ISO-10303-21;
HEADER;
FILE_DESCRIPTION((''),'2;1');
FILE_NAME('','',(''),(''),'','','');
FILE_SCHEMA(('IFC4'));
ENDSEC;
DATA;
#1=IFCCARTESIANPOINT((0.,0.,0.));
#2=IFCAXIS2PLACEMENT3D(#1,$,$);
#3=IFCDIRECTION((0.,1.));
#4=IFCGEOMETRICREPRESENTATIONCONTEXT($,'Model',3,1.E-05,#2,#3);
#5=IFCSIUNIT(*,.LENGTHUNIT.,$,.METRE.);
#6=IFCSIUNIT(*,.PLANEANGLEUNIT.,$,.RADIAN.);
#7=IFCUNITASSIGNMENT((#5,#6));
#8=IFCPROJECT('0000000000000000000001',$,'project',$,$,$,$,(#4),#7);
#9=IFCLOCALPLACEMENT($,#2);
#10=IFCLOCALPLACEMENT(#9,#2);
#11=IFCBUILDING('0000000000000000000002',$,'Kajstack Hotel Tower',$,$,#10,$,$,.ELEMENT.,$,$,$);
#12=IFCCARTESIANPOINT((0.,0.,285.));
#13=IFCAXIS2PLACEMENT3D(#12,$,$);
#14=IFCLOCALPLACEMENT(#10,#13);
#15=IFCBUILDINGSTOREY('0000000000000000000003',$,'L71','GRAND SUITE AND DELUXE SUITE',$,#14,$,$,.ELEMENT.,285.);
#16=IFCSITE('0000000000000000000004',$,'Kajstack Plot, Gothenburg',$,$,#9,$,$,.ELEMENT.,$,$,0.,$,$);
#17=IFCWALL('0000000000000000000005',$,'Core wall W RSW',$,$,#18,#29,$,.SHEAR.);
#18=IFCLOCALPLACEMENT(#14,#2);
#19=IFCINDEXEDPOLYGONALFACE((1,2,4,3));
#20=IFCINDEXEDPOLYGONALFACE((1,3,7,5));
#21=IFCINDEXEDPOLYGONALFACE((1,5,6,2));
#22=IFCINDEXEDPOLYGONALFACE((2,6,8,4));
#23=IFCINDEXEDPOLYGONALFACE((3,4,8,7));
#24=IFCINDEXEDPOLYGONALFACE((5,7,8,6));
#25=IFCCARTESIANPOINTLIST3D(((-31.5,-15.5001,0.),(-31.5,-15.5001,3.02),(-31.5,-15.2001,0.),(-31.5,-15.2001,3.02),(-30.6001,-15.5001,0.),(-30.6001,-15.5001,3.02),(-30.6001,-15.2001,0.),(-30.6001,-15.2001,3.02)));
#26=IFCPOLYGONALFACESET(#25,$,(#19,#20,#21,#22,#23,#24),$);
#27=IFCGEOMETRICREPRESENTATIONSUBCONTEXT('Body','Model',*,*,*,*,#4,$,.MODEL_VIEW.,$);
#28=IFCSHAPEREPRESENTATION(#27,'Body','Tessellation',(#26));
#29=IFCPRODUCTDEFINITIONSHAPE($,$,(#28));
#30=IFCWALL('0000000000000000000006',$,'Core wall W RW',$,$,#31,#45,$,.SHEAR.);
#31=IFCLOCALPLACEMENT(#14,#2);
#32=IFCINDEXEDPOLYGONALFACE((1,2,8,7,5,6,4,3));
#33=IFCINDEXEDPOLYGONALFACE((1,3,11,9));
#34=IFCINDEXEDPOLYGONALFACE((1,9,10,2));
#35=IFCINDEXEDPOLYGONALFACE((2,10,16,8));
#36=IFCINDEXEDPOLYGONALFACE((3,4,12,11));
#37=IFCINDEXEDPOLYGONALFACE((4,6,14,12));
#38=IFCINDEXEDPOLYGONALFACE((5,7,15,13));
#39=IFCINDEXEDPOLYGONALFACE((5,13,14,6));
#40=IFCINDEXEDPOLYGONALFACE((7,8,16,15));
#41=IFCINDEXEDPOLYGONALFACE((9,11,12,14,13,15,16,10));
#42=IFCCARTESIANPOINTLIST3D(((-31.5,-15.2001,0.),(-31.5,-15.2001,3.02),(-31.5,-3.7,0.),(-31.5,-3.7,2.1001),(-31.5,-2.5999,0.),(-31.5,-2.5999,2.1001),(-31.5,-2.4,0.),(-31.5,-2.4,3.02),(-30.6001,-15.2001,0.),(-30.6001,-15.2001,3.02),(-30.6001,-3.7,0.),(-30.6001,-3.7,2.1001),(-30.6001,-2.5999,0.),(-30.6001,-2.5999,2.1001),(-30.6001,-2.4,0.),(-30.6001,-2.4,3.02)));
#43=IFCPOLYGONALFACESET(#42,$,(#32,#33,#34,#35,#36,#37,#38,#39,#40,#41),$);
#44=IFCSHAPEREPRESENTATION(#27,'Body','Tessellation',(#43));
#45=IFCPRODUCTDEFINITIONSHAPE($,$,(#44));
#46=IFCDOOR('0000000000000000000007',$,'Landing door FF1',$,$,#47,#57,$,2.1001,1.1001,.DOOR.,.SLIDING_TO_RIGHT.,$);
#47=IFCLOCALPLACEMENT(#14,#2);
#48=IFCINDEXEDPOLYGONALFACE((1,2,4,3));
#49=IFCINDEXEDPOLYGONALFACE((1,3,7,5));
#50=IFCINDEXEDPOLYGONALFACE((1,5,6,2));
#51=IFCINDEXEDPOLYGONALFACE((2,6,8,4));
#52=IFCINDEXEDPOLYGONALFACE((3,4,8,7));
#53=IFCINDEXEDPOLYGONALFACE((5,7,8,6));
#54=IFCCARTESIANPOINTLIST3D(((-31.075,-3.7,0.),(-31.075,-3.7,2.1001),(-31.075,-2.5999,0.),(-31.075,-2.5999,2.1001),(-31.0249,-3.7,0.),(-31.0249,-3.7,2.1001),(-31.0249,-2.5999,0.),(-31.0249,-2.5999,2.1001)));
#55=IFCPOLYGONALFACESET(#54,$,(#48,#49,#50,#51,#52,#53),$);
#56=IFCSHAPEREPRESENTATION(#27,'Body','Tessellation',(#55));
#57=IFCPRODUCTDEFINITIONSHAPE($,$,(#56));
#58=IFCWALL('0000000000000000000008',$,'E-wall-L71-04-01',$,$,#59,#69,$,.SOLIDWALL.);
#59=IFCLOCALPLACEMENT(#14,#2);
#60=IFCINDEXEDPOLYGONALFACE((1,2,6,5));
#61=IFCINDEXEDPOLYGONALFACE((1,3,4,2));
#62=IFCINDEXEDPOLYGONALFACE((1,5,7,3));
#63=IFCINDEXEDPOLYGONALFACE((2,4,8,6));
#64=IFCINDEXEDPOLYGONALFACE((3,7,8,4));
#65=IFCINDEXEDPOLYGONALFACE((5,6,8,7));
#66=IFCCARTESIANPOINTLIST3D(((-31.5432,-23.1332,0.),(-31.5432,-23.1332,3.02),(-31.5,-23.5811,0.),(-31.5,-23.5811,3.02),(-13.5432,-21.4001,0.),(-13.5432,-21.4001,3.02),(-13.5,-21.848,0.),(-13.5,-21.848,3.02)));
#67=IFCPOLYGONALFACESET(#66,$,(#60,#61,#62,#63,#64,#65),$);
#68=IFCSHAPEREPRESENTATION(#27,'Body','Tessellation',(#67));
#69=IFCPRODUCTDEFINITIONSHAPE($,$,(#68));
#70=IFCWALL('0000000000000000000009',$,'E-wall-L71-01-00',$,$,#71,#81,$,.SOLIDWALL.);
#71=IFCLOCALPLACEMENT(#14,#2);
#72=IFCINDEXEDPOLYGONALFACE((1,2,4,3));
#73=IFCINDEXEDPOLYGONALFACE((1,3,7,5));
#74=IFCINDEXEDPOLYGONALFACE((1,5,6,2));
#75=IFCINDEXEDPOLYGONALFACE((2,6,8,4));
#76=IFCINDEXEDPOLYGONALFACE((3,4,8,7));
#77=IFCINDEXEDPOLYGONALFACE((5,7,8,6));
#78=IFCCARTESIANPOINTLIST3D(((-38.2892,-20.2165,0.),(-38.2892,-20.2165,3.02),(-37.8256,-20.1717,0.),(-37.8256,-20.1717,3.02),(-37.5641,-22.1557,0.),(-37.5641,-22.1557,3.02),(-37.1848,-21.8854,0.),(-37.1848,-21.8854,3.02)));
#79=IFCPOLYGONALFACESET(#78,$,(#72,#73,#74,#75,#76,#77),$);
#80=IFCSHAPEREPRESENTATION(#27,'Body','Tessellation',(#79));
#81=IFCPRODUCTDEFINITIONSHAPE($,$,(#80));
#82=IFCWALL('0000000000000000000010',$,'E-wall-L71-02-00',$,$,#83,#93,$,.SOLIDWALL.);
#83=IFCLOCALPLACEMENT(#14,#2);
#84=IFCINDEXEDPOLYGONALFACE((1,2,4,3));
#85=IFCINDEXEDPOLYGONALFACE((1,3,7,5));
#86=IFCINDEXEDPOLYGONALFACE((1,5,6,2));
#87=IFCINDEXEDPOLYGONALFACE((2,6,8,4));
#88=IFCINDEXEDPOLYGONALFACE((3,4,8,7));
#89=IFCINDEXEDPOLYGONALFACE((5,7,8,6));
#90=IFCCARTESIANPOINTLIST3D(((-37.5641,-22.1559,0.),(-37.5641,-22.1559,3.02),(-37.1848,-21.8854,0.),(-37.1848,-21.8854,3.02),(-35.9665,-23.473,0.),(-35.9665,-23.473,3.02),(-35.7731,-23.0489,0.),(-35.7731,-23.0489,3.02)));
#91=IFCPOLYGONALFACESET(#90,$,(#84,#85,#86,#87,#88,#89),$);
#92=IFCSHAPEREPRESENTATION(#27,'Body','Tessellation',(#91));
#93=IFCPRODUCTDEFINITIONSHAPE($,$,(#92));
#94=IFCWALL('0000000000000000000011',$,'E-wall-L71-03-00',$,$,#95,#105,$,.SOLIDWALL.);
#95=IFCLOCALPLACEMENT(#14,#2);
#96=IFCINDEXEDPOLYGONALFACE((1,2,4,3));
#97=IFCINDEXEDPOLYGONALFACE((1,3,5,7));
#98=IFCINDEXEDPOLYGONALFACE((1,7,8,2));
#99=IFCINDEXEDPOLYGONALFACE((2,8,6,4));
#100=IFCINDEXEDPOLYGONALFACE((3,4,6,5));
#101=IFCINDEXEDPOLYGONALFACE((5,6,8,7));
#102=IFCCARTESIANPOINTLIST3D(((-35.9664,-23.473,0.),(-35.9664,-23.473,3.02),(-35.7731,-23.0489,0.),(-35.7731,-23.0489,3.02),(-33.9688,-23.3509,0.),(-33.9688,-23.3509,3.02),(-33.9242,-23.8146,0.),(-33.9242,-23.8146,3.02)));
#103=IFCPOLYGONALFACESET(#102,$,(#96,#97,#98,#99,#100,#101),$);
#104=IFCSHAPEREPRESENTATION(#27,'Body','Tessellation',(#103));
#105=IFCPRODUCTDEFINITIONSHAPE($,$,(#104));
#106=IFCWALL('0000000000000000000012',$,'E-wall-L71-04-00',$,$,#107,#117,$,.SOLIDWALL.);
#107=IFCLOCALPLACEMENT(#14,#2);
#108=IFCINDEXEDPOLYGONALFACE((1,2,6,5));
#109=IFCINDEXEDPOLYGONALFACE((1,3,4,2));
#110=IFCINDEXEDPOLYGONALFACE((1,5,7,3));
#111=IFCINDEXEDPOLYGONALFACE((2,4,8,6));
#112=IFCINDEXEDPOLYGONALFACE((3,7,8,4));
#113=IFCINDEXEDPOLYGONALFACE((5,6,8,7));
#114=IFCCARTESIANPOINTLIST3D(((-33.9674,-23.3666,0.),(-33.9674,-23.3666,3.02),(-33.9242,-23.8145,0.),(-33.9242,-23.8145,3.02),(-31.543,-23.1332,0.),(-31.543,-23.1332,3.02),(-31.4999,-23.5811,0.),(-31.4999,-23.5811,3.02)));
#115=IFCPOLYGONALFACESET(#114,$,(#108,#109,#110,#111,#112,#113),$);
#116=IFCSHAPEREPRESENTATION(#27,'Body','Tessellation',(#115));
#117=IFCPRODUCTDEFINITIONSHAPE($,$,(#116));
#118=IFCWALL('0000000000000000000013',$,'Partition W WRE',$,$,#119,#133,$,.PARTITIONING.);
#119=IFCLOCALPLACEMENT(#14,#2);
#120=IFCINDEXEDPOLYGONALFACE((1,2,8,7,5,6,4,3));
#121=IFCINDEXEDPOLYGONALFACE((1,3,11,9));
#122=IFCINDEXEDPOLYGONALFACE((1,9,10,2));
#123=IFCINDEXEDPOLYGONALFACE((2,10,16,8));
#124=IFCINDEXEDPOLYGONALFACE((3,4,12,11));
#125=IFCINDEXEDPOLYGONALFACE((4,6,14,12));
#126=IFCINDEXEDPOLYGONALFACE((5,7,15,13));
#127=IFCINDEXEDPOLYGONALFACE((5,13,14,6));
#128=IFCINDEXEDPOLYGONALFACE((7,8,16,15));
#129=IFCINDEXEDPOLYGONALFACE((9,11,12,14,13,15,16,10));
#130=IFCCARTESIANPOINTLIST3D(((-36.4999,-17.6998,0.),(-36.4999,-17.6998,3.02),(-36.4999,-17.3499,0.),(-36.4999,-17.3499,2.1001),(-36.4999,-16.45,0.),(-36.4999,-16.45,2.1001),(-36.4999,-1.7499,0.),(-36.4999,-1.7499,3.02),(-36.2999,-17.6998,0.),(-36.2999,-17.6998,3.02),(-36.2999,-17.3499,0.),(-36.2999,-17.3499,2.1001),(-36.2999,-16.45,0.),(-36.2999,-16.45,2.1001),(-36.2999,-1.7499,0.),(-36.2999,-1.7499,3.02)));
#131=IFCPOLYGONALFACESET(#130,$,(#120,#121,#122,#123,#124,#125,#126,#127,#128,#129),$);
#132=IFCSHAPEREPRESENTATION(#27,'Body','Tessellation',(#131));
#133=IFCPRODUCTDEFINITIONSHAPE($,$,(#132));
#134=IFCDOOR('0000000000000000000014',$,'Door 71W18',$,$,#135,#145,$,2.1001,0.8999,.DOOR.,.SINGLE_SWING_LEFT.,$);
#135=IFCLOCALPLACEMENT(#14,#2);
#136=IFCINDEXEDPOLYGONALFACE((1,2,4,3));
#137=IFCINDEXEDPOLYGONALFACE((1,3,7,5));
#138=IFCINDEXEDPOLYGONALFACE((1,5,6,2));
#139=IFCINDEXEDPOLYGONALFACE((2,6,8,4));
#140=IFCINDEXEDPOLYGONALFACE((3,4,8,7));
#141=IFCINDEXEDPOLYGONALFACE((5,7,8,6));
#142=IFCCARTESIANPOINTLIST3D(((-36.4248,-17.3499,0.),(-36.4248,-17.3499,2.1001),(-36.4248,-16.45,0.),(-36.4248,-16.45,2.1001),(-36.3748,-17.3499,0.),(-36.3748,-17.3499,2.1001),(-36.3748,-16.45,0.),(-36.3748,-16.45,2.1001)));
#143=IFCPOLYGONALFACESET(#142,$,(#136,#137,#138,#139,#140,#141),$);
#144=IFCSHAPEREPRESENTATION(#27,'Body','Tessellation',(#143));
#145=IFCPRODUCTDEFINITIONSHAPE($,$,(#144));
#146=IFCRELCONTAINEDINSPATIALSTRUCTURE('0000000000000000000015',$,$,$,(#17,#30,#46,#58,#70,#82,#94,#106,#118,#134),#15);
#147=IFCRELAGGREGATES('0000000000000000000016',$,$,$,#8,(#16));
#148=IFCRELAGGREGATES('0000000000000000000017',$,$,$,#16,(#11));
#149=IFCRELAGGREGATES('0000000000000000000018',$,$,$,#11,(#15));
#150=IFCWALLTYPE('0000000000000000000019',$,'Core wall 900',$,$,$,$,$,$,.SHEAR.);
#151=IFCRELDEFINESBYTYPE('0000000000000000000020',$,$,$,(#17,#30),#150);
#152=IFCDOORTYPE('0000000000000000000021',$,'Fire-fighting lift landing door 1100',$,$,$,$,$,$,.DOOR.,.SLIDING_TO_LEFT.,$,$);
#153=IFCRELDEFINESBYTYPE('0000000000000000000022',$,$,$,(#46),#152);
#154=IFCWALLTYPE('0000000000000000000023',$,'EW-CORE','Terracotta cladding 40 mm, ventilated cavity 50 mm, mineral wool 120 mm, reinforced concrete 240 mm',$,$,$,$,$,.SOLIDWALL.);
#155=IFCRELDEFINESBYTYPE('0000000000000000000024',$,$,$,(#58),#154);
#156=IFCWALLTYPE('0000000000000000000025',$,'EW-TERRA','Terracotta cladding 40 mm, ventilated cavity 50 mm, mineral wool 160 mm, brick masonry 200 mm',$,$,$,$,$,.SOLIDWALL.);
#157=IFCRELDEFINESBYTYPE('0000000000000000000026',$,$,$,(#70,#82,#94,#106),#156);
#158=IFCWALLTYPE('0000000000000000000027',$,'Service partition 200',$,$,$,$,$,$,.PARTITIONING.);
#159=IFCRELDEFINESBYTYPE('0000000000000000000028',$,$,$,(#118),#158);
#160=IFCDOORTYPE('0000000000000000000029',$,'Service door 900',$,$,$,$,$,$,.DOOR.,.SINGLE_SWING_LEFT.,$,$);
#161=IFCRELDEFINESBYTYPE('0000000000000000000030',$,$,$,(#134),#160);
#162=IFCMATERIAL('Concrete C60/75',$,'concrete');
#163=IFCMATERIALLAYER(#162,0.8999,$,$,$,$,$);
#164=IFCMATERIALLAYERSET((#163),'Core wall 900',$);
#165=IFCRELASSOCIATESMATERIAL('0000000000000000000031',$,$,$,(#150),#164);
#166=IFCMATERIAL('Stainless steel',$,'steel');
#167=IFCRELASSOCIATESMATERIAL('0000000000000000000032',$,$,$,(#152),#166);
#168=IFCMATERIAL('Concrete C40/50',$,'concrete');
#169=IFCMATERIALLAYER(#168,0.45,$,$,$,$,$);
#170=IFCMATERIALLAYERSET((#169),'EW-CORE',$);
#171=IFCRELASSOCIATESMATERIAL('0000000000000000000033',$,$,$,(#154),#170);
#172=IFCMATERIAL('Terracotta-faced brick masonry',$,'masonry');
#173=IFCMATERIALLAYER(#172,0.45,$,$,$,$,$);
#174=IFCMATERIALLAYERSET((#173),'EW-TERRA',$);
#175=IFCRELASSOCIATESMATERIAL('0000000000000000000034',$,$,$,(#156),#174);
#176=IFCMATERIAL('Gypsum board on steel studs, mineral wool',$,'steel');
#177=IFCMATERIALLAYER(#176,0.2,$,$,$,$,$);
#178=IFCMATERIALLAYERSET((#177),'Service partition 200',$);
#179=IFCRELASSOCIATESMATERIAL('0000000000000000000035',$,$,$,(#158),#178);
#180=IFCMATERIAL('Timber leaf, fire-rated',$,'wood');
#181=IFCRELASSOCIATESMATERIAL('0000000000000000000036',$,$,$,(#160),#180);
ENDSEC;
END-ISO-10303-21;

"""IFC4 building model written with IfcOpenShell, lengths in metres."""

from ifc_helpers import new_model, si_unit, direction, frame, frame_2d, origin, place, context, subcontext, project, spatial, polyline, rectangle, outline, extrude, material, layer, layer_set, type_object, element, fill, save


model = new_model("IFC4")

# Units and contexts
model_context = context("Model", 3, precision=1e-05, world=origin(), true_north=direction((0.0, 1.0)))
body_context = subcontext(model_context, "Body", "Model", "MODEL_VIEW")
ifc_project = project(units=[si_unit("LENGTHUNIT", "METRE"), si_unit("PLANEANGLEUNIT", "RADIAN")], contexts=[model_context])

# Site, building, storey
site_placement = place(None, origin())
site = spatial("IfcSite", under=ifc_project, at=site_placement, Name="Kajstack Plot, Gothenburg", CompositionType="ELEMENT", RefElevation=0.0)
building_placement = place(site_placement, origin())
building = spatial("IfcBuilding", under=site, at=building_placement, Name="Kajstack Hotel Tower", CompositionType="ELEMENT")
storey_placement = place(building_placement, frame((0.0, 0.0, 285.0)))
storey = spatial("IfcBuildingStorey", under=building, at=storey_placement, Name="L71", Description="GRAND SUITE AND DELUXE SUITE", CompositionType="ELEMENT", Elevation=285.0)

# Wall
ifc_material_1 = material(Name="Concrete C60/75", Category="concrete")
ifc_layer_1 = layer(ifc_material_1, 0.8999)
ifc_layer_set_1 = layer_set([ifc_layer_1], Name="Core wall 900")
wall_type_1 = type_object("IfcWallType", Name="Core wall 900", PredefinedType="SHEAR", material=ifc_layer_set_1)
wall_1_placement = place(storey_placement, frame((-31.5, -15.3501, 0.0), z_axis=(0.0, 0.0, 1.0), x_axis=(1.0, 0.0, 0.0)))
element("IfcWall", 1, at=wall_1_placement, inside=storey, type_object=wall_type_1, Name="Core wall W RSW", PredefinedType="SHEAR", context=body_context, shape_type="SweptSolid", body=[
    extrude(rectangle(XDim=0.8999, YDim=0.3, at=frame_2d((0.45, 0.0))), origin(), (0.0, 0.0, 1.0), 3.02),
])

# Wall, opening, door
wall_2_placement = place(storey_placement, frame((-31.05, -15.2, 0.0), z_axis=(0.0, 0.0, 1.0), x_axis=(0.0, 1.0, 0.0)))
wall_2 = element("IfcWall", 2, at=wall_2_placement, inside=storey, type_object=wall_type_1, Name="Core wall W RW", PredefinedType="SHEAR", context=body_context, shape_type="SweptSolid", body=[
    extrude(rectangle(XDim=12.8, YDim=0.8999, at=frame_2d((6.3999, 0.0))), origin(), (0.0, 0.0, 1.0), 3.02),
])
opening_1_placement = place(wall_2_placement, frame((11.5, 0.0, 0.0)))
opening_1 = element("IfcOpeningElement", 3, at=opening_1_placement, cuts=wall_2, PredefinedType="OPENING", context=body_context, shape_type="SweptSolid", body=[
    extrude(rectangle(XDim=1.1001, YDim=2.1001, at=frame_2d((0.55, 1.05))), frame((0.0, 0.46, 0.0), z_axis=(0.0, -1.0, 0.0), x_axis=(1.0, 0.0, 0.0)), (0.0, 0.0, 1.0), 0.9199),
])
ifc_material_2 = material(Name="Stainless steel", Category="steel")
door_type_1 = type_object("IfcDoorType", Name="Fire-fighting lift landing door 1100", OperationType="SLIDING_TO_LEFT", PredefinedType="DOOR", material=ifc_material_2)
door_1_placement = place(opening_1_placement, origin())
door_1 = element("IfcDoor", 4, at=door_1_placement, inside=storey, type_object=door_type_1, Name="Landing door FF1", OperationType="SLIDING_TO_RIGHT", OverallHeight=2.1001, OverallWidth=1.1001, PredefinedType="DOOR", context=body_context, shape_type="SweptSolid", body=[
    extrude(rectangle(XDim=1.1001, YDim=2.1001, at=frame_2d((0.55, 1.05))), frame((0.0, 0.0249, 0.0), z_axis=(0.0, -1.0, 0.0), x_axis=(1.0, 0.0, 0.0)), (0.0, 0.0, 1.0), 0.05),
])
fill(opening_1, door_1)

# Walls
ifc_material_3 = material(Name="Concrete C40/50", Category="concrete")
ifc_layer_2 = layer(ifc_material_3, 0.45)
ifc_layer_set_2 = layer_set([ifc_layer_2], Name="EW-CORE")
wall_type_2 = type_object("IfcWallType", Name="EW-CORE", Description="Terracotta cladding 40 mm, ventilated cavity 50 mm, mineral wool 120 mm, reinforced concrete 240 mm", PredefinedType="SOLIDWALL", material=ifc_layer_set_2)
wall_3_placement = place(storey_placement, frame((-31.5215, -23.3572, 0.0), z_axis=(0.0, 0.0, 1.0), x_axis=(0.995396, 0.095843, 0.0)))
element("IfcWall", 5, at=wall_3_placement, inside=storey, type_object=wall_type_2, Name="E-wall-L71-04-01", PredefinedType="SOLIDWALL", context=body_context, shape_type="SweptSolid", body=[
    extrude(rectangle(XDim=18.0833, YDim=0.45, at=frame_2d((9.0415, 0.0))), origin(), (0.0, 0.0, 1.0), 3.02),
])
ifc_material_4 = material(Name="Terracotta-faced brick masonry", Category="masonry")
ifc_layer_3 = layer(ifc_material_4, 0.45)
ifc_layer_set_3 = layer_set([ifc_layer_3], Name="EW-TERRA")
wall_type_3 = type_object("IfcWallType", Name="EW-TERRA", Description="Terracotta cladding 40 mm, ventilated cavity 50 mm, mineral wool 160 mm, brick masonry 200 mm", PredefinedType="SOLIDWALL", material=ifc_layer_set_3)
wall_4_placement = place(storey_placement, frame((-38.0784, -20.1377, 0.0), z_axis=(0.0, 0.0, 1.0), x_axis=(0.350232, -0.936663, 0.0)))
element("IfcWall", 6, at=wall_4_placement, inside=storey, type_object=wall_type_3, Name="E-wall-L71-01-00", PredefinedType="SOLIDWALL", context=body_context, shape_type="SweptSolid", body=[
    extrude(outline(polyline([(0.0, -0.2251), (2.0703, -0.2251), (1.95, 0.2249), (0.1204, 0.2249), (0.0, -0.2251)])), origin(), (0.0, 0.0, 1.0), 3.02),
])
wall_5_placement = place(storey_placement, frame((-37.4209, -21.9822, 0.0), z_axis=(0.0, 0.0, 1.0), x_axis=(0.771593, -0.636116, 0.0)))
element("IfcWall", 7, at=wall_5_placement, inside=storey, type_object=wall_type_3, Name="E-wall-L71-02-00", PredefinedType="SOLIDWALL", context=body_context, shape_type="SweptSolid", body=[
    extrude(outline(polyline([(0.0, -0.2251), (2.0706, -0.2251), (1.95, 0.2251), (0.1206, 0.2249), (0.0, -0.2251)])), origin(), (0.0, 0.0, 1.0), 3.02),
])
wall_6_placement = place(storey_placement, frame((-35.9292, -23.251, 0.0), z_axis=(0.0, 0.0, 1.0), x_axis=(0.986279, -0.165087, 0.0)))
element("IfcWall", 8, at=wall_6_placement, inside=storey, type_object=wall_type_3, Name="E-wall-L71-03-00", PredefinedType="SOLIDWALL", context=body_context, shape_type="SweptSolid", body=[
    extrude(outline(polyline([(0.0, -0.2251), (2.0706, -0.2249), (1.95, 0.2251), (0.1206, 0.2251), (0.0, -0.2251)])), origin(), (0.0, 0.0, 1.0), 3.02),
])
wall_7_placement = place(storey_placement, frame((-33.9458, -23.5906, 0.0), z_axis=(0.0, 0.0, 1.0), x_axis=(0.995398, 0.095831, 0.0)))
element("IfcWall", 9, at=wall_7_placement, inside=storey, type_object=wall_type_3, Name="E-wall-L71-04-00", PredefinedType="SOLIDWALL", context=body_context, shape_type="SweptSolid", body=[
    extrude(rectangle(XDim=2.4355, YDim=0.45, at=frame_2d((1.2178, 0.0))), origin(), (0.0, 0.0, 1.0), 3.02),
])

# Wall, opening, door
ifc_material_5 = material(Name="Gypsum board on steel studs, mineral wool", Category="steel")
ifc_layer_4 = layer(ifc_material_5, 0.2)
ifc_layer_set_4 = layer_set([ifc_layer_4], Name="Service partition 200")
wall_type_4 = type_object("IfcWallType", Name="Service partition 200", PredefinedType="PARTITIONING", material=ifc_layer_set_4)
wall_8_placement = place(storey_placement, frame((-36.3999, -17.7, 0.0), z_axis=(0.0, 0.0, 1.0), x_axis=(0.0, 1.0, 0.0)))
wall_8 = element("IfcWall", 10, at=wall_8_placement, inside=storey, type_object=wall_type_4, Name="Partition W WRE", PredefinedType="PARTITIONING", context=body_context, shape_type="SweptSolid", body=[
    extrude(rectangle(XDim=15.95, YDim=0.2, at=frame_2d((7.9751, 0.0))), origin(), (0.0, 0.0, 1.0), 3.02),
])
opening_2_placement = place(wall_8_placement, frame((0.3501, 0.0, 0.0)))
opening_2 = element("IfcOpeningElement", 11, at=opening_2_placement, cuts=wall_8, PredefinedType="OPENING", context=body_context, shape_type="SweptSolid", body=[
    extrude(rectangle(XDim=0.8999, YDim=2.1001, at=frame_2d((0.45, 1.05))), frame((0.0, 0.1099, 0.0), z_axis=(0.0, -1.0, 0.0), x_axis=(1.0, 0.0, 0.0)), (0.0, 0.0, 1.0), 0.22),
])
ifc_material_6 = material(Name="Timber leaf, fire-rated", Category="wood")
door_type_2 = type_object("IfcDoorType", Name="Service door 900", OperationType="SINGLE_SWING_LEFT", PredefinedType="DOOR", material=ifc_material_6)
door_2_placement = place(opening_2_placement, origin())
door_2 = element("IfcDoor", 12, at=door_2_placement, inside=storey, type_object=door_type_2, Name="Door 71W18", OperationType="SINGLE_SWING_LEFT", OverallHeight=2.1001, OverallWidth=0.8999, PredefinedType="DOOR", context=body_context, shape_type="SweptSolid", body=[
    extrude(rectangle(XDim=0.8999, YDim=2.1001, at=frame_2d((0.45, 1.05))), frame((0.0, 0.0249, 0.0), z_axis=(0.0, -1.0, 0.0), x_axis=(1.0, 0.0, 0.0)), (0.0, 0.0, 1.0), 0.05),
])
fill(opening_2, door_2)

save(model, "model.ifc")
